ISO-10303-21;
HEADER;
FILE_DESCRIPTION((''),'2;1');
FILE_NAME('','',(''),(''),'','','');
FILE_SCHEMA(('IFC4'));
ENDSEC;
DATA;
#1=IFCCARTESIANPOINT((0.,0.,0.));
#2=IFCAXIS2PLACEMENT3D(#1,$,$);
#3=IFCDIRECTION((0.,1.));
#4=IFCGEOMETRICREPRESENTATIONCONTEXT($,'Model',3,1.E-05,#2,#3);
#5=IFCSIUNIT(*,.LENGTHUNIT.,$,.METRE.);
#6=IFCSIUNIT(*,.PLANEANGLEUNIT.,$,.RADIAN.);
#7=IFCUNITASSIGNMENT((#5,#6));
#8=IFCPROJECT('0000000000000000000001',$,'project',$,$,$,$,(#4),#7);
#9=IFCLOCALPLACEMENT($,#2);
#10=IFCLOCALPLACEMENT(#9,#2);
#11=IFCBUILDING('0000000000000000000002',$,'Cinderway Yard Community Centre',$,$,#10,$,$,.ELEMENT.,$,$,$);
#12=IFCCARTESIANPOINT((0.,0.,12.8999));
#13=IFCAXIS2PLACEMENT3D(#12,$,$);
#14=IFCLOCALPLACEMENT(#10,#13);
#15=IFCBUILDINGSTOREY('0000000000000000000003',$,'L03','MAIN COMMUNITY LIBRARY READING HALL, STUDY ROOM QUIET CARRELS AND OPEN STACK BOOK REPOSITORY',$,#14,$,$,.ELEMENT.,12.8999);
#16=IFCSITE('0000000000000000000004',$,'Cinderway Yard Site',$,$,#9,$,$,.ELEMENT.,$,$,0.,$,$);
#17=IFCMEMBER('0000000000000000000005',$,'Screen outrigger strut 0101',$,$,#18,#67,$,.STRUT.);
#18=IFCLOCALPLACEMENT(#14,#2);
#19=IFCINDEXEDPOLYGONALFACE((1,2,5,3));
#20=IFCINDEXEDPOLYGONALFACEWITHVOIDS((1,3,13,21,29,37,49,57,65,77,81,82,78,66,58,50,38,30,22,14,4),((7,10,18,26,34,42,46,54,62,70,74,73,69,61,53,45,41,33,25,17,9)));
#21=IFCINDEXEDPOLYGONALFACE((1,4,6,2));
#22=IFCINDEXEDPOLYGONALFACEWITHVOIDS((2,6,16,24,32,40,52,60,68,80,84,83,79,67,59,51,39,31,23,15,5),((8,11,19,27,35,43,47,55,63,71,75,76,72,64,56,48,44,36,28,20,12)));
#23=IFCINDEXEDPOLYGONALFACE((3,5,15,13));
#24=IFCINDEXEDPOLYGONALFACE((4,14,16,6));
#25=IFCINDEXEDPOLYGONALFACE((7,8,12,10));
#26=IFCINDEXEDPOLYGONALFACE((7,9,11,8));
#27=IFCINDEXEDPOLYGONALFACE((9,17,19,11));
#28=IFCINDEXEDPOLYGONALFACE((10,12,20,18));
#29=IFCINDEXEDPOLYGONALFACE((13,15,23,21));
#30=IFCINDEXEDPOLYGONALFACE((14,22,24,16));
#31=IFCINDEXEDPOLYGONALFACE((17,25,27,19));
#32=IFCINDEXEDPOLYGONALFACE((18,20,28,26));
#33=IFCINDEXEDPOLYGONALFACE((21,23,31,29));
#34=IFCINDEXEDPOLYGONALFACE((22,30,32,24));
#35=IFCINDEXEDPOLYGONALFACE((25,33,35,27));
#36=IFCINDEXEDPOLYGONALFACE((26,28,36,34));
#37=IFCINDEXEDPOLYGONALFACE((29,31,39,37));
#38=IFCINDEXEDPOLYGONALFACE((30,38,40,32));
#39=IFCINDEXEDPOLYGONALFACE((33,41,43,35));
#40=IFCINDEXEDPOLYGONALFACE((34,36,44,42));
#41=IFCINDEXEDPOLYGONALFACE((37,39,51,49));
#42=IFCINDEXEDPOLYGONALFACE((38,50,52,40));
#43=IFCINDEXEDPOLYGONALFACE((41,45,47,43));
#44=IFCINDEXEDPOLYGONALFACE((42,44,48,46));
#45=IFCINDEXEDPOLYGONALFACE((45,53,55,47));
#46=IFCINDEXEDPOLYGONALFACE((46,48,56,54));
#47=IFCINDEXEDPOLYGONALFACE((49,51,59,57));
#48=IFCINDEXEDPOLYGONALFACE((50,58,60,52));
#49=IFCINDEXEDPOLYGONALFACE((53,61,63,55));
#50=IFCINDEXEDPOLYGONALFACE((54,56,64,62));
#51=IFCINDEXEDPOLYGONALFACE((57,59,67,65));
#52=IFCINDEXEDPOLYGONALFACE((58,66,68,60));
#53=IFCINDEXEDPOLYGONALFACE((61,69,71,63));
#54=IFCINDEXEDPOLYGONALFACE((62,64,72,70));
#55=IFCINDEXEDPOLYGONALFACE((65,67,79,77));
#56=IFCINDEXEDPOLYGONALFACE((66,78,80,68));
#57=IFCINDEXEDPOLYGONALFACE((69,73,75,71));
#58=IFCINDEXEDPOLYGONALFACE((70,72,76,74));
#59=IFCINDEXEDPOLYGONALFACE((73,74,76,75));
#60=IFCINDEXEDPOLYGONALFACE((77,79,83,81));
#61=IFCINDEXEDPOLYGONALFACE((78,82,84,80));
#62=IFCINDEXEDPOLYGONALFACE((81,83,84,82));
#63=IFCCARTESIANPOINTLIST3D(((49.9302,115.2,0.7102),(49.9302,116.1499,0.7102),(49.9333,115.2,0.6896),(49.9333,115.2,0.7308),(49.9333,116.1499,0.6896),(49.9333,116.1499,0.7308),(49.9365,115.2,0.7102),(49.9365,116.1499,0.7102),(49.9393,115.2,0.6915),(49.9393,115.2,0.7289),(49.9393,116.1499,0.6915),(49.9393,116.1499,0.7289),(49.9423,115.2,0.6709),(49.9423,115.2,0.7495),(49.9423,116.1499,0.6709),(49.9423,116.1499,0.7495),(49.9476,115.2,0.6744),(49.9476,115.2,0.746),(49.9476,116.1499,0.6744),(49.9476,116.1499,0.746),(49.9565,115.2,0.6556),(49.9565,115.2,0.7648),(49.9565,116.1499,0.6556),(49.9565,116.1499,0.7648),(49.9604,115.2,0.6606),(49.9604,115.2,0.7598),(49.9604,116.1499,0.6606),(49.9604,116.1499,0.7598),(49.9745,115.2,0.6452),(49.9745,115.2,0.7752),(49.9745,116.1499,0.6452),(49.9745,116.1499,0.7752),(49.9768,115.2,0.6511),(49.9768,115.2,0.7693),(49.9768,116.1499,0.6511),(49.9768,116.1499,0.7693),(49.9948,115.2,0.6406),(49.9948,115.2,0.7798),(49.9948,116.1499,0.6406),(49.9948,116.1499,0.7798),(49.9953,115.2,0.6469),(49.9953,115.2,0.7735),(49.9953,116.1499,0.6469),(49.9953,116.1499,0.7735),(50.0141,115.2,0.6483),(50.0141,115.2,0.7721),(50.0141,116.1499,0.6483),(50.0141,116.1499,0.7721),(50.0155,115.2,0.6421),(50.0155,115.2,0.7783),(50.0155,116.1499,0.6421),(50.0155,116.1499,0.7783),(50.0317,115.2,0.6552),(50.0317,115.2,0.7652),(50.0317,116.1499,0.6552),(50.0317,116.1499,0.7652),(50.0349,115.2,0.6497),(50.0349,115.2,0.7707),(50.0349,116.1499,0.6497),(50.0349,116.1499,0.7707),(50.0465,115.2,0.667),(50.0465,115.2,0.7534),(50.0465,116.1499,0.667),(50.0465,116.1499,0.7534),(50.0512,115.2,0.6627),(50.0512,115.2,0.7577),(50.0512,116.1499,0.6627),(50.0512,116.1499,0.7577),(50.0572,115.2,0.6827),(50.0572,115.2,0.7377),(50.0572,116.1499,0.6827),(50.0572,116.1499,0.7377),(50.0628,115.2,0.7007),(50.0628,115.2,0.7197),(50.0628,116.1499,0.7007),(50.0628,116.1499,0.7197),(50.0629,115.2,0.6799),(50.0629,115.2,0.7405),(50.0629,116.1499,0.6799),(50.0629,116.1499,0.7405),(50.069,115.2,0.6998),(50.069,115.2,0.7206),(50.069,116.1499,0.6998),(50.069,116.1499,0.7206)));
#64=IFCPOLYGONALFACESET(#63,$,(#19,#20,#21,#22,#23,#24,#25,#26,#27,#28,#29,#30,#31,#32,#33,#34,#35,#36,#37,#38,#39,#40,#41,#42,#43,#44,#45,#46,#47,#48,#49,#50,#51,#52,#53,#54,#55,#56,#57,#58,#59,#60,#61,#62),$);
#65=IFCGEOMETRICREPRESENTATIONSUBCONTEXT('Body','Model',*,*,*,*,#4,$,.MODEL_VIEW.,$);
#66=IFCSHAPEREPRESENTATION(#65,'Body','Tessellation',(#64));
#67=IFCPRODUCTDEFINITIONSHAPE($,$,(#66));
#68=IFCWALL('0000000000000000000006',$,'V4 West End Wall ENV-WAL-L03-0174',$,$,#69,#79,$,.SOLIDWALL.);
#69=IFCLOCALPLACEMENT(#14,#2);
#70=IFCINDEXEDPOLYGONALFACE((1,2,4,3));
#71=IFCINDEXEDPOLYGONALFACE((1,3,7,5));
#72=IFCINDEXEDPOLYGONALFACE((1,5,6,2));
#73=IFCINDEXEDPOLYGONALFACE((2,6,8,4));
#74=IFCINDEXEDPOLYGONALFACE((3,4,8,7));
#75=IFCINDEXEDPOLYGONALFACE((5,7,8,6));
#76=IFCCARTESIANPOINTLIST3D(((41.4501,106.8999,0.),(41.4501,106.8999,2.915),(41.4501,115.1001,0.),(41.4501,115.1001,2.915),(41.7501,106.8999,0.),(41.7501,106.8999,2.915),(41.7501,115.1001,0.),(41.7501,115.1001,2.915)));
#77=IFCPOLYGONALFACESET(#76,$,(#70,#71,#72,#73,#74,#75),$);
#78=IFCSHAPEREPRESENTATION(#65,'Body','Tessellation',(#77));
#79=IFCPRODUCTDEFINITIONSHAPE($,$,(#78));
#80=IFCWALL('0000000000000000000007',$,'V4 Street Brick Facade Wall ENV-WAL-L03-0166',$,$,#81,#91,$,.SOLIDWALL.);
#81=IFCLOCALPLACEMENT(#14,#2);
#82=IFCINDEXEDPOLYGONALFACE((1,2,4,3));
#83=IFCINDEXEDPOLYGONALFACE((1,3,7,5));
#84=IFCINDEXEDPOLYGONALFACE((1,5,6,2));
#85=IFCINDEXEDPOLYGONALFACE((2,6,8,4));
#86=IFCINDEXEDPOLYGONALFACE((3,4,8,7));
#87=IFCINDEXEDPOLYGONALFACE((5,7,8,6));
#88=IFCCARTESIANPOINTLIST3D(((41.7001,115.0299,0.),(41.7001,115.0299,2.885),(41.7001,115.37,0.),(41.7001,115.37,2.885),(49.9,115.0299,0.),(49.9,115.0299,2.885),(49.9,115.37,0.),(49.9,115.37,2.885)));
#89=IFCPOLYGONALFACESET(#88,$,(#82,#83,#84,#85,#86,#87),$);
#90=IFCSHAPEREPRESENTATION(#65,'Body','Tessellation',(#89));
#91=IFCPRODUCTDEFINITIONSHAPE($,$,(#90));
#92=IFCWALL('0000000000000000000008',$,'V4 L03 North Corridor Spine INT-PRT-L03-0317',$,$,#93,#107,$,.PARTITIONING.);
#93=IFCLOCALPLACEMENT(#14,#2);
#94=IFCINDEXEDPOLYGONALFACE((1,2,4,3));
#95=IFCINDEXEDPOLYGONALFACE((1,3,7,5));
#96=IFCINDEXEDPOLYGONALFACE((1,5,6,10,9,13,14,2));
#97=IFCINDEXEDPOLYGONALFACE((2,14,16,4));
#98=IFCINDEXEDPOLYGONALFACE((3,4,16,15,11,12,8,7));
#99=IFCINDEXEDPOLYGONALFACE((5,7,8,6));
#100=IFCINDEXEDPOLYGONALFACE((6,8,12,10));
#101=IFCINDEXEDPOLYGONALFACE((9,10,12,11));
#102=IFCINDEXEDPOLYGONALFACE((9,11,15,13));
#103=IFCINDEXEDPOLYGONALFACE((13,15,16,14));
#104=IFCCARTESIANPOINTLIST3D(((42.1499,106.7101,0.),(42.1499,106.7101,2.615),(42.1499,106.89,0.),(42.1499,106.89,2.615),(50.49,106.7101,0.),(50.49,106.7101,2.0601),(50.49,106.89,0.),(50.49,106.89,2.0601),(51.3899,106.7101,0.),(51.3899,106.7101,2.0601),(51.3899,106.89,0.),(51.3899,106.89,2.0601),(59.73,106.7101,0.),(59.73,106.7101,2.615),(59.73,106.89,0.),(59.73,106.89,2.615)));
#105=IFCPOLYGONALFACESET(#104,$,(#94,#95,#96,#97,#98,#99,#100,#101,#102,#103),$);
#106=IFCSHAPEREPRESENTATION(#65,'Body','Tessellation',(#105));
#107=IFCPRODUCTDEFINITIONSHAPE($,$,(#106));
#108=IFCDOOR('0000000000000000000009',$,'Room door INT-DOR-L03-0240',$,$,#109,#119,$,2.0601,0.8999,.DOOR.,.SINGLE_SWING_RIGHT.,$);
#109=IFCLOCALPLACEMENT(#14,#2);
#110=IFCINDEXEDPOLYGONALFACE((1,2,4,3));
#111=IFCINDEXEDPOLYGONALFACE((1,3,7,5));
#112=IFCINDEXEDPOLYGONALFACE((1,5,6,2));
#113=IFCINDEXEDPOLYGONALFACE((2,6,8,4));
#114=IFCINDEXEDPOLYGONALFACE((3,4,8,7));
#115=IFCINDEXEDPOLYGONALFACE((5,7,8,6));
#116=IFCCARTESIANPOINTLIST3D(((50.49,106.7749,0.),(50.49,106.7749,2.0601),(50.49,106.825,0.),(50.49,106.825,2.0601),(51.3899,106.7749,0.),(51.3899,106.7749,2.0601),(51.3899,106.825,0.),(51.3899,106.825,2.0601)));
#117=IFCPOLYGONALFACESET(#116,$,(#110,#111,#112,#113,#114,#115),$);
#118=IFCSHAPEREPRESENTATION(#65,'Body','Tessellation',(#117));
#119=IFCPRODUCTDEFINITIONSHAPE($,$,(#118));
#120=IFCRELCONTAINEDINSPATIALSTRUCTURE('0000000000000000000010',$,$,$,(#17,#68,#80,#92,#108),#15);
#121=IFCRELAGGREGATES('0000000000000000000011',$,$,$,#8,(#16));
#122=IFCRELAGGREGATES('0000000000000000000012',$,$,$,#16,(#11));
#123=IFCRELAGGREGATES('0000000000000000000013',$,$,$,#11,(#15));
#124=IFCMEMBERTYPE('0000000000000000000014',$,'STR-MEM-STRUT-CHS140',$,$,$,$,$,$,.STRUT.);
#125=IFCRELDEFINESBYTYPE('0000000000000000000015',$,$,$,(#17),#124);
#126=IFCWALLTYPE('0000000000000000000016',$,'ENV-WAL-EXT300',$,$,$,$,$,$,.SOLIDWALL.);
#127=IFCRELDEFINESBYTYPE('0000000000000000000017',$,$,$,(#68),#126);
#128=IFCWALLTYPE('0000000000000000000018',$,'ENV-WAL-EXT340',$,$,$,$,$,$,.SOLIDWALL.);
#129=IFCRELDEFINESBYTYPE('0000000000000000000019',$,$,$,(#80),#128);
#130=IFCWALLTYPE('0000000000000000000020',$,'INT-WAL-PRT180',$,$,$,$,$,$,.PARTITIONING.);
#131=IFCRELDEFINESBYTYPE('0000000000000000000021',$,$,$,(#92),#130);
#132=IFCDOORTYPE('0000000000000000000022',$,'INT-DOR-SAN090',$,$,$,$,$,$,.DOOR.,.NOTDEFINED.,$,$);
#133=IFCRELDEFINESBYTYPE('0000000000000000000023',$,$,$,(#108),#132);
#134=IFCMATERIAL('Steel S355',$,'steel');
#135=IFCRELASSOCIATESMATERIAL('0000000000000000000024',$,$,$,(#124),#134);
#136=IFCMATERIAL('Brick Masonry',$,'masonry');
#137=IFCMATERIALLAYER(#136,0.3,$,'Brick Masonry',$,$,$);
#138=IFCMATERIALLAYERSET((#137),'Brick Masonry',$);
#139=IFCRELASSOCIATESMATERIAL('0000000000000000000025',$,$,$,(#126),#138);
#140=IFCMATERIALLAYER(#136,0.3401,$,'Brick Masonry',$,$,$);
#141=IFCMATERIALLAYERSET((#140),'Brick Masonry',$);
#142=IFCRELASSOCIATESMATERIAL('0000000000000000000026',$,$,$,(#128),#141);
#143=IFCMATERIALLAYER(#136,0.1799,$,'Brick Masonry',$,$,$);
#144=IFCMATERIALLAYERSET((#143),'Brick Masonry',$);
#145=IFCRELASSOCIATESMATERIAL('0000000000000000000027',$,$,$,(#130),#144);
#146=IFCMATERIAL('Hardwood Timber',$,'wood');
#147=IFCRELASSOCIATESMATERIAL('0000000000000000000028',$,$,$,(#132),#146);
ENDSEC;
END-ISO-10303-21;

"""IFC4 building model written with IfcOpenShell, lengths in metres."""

from ifc_helpers import new_model, si_unit, direction, frame, frame_2d, origin, origin_2d, place, context, subcontext, project, spatial, rectangle, hollow_circle, extrude, material, layer, layer_set, material_profile, profile_set, type_object, element, fill, save


model = new_model("IFC4")

# Units and contexts
model_context = context("Model", 3, precision=1e-05, world=origin(), true_north=direction((0.0, 1.0)))
body_context = subcontext(model_context, "Body", "Model", "MODEL_VIEW")
ifc_project = project(units=[si_unit("LENGTHUNIT", "METRE"), si_unit("PLANEANGLEUNIT", "RADIAN")], contexts=[model_context])

# Site, building, storey
site_placement = place(None, origin())
site = spatial("IfcSite", under=ifc_project, at=site_placement, Name="Cinderway Yard Site", CompositionType="ELEMENT", RefElevation=0.0)
building_placement = place(site_placement, origin())
building = spatial("IfcBuilding", under=site, at=building_placement, Name="Cinderway Yard Community Centre", CompositionType="ELEMENT")
storey_placement = place(building_placement, frame((0.0, 0.0, 12.8999)))
storey = spatial("IfcBuildingStorey", under=building, at=storey_placement, Name="L03", Description="MAIN COMMUNITY LIBRARY READING HALL, STUDY ROOM QUIET CARRELS AND OPEN STACK BOOK REPOSITORY", CompositionType="ELEMENT", Elevation=12.8999)

# Member
ifc_material_1 = material(Name="Steel S355", Category="steel")
ifc_material_profile_1 = material_profile(ifc_material_1, hollow_circle(Radius=0.0698, WallThickness=0.0063, at=origin_2d()), Name="Steel S355")
ifc_profile_set_1 = profile_set([ifc_material_profile_1], Name="Steel S355")
member_type_1 = type_object("IfcMemberType", Name="STR-MEM-STRUT-CHS140", PredefinedType="STRUT", material=ifc_profile_set_1)
member_1_placement = place(storey_placement, frame((50.0, 115.2, 0.7102), z_axis=(0.0, 1.0, 0.0), x_axis=(-1.0, 0.0, 0.0)))
element("IfcMember", 1, at=member_1_placement, inside=storey, type_object=member_type_1, Name="Screen outrigger strut 0101", PredefinedType="STRUT", context=body_context, shape_type="SweptSolid", body=[
    extrude(hollow_circle(Radius=0.0698, WallThickness=0.0063, at=origin_2d()), origin(), (0.0, 0.0, 1.0), 0.95),
])

# Walls
ifc_material_2 = material(Name="Brick Masonry", Category="masonry")
ifc_layer_1 = layer(ifc_material_2, 0.3, Name="Brick Masonry")
ifc_layer_set_1 = layer_set([ifc_layer_1], Name="Brick Masonry")
wall_type_1 = type_object("IfcWallType", Name="ENV-WAL-EXT300", PredefinedType="SOLIDWALL", material=ifc_layer_set_1)
wall_1_placement = place(storey_placement, frame((41.6001, 106.8999, 0.0), z_axis=(0.0, 0.0, 1.0), x_axis=(0.0, 1.0, 0.0)))
element("IfcWall", 2, at=wall_1_placement, inside=storey, type_object=wall_type_1, Name="V4 West End Wall ENV-WAL-L03-0174", PredefinedType="SOLIDWALL", context=body_context, shape_type="SweptSolid", body=[
    extrude(rectangle(XDim=8.2002, YDim=0.3, at=frame_2d((4.1001, 0.0))), origin(), (0.0, 0.0, 1.0), 2.915),
])
ifc_layer_2 = layer(ifc_material_2, 0.3401, Name="Brick Masonry")
ifc_layer_set_2 = layer_set([ifc_layer_2], Name="Brick Masonry")
wall_type_2 = type_object("IfcWallType", Name="ENV-WAL-EXT340", PredefinedType="SOLIDWALL", material=ifc_layer_set_2)
wall_2_placement = place(storey_placement, frame((41.7, 115.2, 0.0), z_axis=(0.0, 0.0, 1.0), x_axis=(1.0, 0.0, 0.0)))
element("IfcWall", 3, at=wall_2_placement, inside=storey, type_object=wall_type_2, Name="V4 Street Brick Facade Wall ENV-WAL-L03-0166", PredefinedType="SOLIDWALL", context=body_context, shape_type="SweptSolid", body=[
    extrude(rectangle(XDim=8.2, YDim=0.3401, at=frame_2d((4.1001, 0.0))), origin(), (0.0, 0.0, 1.0), 2.885),
])

# Wall, opening, door
ifc_layer_3 = layer(ifc_material_2, 0.1799, Name="Brick Masonry")
ifc_layer_set_3 = layer_set([ifc_layer_3], Name="Brick Masonry")
wall_type_3 = type_object("IfcWallType", Name="INT-WAL-PRT180", PredefinedType="PARTITIONING", material=ifc_layer_set_3)
wall_3_placement = place(storey_placement, frame((42.1499, 106.8, 0.0), z_axis=(0.0, 0.0, 1.0), x_axis=(1.0, 0.0, 0.0)))
wall_3 = element("IfcWall", 4, at=wall_3_placement, inside=storey, type_object=wall_type_3, Name="V4 L03 North Corridor Spine INT-PRT-L03-0317", PredefinedType="PARTITIONING", context=body_context, shape_type="SweptSolid", body=[
    extrude(rectangle(XDim=17.5801, YDim=0.1799, at=frame_2d((8.79, 0.0))), origin(), (0.0, 0.0, 1.0), 2.615),
])
opening_placement = place(wall_3_placement, frame((8.3401, 0.0, 0.0)))
opening = element("IfcOpeningElement", 5, at=opening_placement, cuts=wall_3, PredefinedType="OPENING", context=body_context, shape_type="SweptSolid", body=[
    extrude(rectangle(XDim=0.8999, YDim=2.0601, at=frame_2d((0.45, 1.03))), frame((0.0, 0.0999, 0.0), z_axis=(0.0, -1.0, 0.0), x_axis=(1.0, 0.0, 0.0)), (0.0, 0.0, 1.0), 0.2),
])
ifc_material_3 = material(Name="Hardwood Timber", Category="wood")
door_type = type_object("IfcDoorType", Name="INT-DOR-SAN090", OperationType="NOTDEFINED", PredefinedType="DOOR", material=ifc_material_3)
door_placement = place(opening_placement, origin())
door = element("IfcDoor", 6, at=door_placement, inside=storey, type_object=door_type, Name="Room door INT-DOR-L03-0240", OperationType="SINGLE_SWING_RIGHT", OverallHeight=2.0601, OverallWidth=0.8999, PredefinedType="DOOR", context=body_context, shape_type="SweptSolid", body=[
    extrude(rectangle(XDim=0.8999, YDim=2.0601, at=frame_2d((0.45, 1.03))), frame((0.0, 0.0249, 0.0), z_axis=(0.0, -1.0, 0.0), x_axis=(1.0, 0.0, 0.0)), (0.0, 0.0, 1.0), 0.05),
])
fill(opening, door)

save(model, "model.ifc")
